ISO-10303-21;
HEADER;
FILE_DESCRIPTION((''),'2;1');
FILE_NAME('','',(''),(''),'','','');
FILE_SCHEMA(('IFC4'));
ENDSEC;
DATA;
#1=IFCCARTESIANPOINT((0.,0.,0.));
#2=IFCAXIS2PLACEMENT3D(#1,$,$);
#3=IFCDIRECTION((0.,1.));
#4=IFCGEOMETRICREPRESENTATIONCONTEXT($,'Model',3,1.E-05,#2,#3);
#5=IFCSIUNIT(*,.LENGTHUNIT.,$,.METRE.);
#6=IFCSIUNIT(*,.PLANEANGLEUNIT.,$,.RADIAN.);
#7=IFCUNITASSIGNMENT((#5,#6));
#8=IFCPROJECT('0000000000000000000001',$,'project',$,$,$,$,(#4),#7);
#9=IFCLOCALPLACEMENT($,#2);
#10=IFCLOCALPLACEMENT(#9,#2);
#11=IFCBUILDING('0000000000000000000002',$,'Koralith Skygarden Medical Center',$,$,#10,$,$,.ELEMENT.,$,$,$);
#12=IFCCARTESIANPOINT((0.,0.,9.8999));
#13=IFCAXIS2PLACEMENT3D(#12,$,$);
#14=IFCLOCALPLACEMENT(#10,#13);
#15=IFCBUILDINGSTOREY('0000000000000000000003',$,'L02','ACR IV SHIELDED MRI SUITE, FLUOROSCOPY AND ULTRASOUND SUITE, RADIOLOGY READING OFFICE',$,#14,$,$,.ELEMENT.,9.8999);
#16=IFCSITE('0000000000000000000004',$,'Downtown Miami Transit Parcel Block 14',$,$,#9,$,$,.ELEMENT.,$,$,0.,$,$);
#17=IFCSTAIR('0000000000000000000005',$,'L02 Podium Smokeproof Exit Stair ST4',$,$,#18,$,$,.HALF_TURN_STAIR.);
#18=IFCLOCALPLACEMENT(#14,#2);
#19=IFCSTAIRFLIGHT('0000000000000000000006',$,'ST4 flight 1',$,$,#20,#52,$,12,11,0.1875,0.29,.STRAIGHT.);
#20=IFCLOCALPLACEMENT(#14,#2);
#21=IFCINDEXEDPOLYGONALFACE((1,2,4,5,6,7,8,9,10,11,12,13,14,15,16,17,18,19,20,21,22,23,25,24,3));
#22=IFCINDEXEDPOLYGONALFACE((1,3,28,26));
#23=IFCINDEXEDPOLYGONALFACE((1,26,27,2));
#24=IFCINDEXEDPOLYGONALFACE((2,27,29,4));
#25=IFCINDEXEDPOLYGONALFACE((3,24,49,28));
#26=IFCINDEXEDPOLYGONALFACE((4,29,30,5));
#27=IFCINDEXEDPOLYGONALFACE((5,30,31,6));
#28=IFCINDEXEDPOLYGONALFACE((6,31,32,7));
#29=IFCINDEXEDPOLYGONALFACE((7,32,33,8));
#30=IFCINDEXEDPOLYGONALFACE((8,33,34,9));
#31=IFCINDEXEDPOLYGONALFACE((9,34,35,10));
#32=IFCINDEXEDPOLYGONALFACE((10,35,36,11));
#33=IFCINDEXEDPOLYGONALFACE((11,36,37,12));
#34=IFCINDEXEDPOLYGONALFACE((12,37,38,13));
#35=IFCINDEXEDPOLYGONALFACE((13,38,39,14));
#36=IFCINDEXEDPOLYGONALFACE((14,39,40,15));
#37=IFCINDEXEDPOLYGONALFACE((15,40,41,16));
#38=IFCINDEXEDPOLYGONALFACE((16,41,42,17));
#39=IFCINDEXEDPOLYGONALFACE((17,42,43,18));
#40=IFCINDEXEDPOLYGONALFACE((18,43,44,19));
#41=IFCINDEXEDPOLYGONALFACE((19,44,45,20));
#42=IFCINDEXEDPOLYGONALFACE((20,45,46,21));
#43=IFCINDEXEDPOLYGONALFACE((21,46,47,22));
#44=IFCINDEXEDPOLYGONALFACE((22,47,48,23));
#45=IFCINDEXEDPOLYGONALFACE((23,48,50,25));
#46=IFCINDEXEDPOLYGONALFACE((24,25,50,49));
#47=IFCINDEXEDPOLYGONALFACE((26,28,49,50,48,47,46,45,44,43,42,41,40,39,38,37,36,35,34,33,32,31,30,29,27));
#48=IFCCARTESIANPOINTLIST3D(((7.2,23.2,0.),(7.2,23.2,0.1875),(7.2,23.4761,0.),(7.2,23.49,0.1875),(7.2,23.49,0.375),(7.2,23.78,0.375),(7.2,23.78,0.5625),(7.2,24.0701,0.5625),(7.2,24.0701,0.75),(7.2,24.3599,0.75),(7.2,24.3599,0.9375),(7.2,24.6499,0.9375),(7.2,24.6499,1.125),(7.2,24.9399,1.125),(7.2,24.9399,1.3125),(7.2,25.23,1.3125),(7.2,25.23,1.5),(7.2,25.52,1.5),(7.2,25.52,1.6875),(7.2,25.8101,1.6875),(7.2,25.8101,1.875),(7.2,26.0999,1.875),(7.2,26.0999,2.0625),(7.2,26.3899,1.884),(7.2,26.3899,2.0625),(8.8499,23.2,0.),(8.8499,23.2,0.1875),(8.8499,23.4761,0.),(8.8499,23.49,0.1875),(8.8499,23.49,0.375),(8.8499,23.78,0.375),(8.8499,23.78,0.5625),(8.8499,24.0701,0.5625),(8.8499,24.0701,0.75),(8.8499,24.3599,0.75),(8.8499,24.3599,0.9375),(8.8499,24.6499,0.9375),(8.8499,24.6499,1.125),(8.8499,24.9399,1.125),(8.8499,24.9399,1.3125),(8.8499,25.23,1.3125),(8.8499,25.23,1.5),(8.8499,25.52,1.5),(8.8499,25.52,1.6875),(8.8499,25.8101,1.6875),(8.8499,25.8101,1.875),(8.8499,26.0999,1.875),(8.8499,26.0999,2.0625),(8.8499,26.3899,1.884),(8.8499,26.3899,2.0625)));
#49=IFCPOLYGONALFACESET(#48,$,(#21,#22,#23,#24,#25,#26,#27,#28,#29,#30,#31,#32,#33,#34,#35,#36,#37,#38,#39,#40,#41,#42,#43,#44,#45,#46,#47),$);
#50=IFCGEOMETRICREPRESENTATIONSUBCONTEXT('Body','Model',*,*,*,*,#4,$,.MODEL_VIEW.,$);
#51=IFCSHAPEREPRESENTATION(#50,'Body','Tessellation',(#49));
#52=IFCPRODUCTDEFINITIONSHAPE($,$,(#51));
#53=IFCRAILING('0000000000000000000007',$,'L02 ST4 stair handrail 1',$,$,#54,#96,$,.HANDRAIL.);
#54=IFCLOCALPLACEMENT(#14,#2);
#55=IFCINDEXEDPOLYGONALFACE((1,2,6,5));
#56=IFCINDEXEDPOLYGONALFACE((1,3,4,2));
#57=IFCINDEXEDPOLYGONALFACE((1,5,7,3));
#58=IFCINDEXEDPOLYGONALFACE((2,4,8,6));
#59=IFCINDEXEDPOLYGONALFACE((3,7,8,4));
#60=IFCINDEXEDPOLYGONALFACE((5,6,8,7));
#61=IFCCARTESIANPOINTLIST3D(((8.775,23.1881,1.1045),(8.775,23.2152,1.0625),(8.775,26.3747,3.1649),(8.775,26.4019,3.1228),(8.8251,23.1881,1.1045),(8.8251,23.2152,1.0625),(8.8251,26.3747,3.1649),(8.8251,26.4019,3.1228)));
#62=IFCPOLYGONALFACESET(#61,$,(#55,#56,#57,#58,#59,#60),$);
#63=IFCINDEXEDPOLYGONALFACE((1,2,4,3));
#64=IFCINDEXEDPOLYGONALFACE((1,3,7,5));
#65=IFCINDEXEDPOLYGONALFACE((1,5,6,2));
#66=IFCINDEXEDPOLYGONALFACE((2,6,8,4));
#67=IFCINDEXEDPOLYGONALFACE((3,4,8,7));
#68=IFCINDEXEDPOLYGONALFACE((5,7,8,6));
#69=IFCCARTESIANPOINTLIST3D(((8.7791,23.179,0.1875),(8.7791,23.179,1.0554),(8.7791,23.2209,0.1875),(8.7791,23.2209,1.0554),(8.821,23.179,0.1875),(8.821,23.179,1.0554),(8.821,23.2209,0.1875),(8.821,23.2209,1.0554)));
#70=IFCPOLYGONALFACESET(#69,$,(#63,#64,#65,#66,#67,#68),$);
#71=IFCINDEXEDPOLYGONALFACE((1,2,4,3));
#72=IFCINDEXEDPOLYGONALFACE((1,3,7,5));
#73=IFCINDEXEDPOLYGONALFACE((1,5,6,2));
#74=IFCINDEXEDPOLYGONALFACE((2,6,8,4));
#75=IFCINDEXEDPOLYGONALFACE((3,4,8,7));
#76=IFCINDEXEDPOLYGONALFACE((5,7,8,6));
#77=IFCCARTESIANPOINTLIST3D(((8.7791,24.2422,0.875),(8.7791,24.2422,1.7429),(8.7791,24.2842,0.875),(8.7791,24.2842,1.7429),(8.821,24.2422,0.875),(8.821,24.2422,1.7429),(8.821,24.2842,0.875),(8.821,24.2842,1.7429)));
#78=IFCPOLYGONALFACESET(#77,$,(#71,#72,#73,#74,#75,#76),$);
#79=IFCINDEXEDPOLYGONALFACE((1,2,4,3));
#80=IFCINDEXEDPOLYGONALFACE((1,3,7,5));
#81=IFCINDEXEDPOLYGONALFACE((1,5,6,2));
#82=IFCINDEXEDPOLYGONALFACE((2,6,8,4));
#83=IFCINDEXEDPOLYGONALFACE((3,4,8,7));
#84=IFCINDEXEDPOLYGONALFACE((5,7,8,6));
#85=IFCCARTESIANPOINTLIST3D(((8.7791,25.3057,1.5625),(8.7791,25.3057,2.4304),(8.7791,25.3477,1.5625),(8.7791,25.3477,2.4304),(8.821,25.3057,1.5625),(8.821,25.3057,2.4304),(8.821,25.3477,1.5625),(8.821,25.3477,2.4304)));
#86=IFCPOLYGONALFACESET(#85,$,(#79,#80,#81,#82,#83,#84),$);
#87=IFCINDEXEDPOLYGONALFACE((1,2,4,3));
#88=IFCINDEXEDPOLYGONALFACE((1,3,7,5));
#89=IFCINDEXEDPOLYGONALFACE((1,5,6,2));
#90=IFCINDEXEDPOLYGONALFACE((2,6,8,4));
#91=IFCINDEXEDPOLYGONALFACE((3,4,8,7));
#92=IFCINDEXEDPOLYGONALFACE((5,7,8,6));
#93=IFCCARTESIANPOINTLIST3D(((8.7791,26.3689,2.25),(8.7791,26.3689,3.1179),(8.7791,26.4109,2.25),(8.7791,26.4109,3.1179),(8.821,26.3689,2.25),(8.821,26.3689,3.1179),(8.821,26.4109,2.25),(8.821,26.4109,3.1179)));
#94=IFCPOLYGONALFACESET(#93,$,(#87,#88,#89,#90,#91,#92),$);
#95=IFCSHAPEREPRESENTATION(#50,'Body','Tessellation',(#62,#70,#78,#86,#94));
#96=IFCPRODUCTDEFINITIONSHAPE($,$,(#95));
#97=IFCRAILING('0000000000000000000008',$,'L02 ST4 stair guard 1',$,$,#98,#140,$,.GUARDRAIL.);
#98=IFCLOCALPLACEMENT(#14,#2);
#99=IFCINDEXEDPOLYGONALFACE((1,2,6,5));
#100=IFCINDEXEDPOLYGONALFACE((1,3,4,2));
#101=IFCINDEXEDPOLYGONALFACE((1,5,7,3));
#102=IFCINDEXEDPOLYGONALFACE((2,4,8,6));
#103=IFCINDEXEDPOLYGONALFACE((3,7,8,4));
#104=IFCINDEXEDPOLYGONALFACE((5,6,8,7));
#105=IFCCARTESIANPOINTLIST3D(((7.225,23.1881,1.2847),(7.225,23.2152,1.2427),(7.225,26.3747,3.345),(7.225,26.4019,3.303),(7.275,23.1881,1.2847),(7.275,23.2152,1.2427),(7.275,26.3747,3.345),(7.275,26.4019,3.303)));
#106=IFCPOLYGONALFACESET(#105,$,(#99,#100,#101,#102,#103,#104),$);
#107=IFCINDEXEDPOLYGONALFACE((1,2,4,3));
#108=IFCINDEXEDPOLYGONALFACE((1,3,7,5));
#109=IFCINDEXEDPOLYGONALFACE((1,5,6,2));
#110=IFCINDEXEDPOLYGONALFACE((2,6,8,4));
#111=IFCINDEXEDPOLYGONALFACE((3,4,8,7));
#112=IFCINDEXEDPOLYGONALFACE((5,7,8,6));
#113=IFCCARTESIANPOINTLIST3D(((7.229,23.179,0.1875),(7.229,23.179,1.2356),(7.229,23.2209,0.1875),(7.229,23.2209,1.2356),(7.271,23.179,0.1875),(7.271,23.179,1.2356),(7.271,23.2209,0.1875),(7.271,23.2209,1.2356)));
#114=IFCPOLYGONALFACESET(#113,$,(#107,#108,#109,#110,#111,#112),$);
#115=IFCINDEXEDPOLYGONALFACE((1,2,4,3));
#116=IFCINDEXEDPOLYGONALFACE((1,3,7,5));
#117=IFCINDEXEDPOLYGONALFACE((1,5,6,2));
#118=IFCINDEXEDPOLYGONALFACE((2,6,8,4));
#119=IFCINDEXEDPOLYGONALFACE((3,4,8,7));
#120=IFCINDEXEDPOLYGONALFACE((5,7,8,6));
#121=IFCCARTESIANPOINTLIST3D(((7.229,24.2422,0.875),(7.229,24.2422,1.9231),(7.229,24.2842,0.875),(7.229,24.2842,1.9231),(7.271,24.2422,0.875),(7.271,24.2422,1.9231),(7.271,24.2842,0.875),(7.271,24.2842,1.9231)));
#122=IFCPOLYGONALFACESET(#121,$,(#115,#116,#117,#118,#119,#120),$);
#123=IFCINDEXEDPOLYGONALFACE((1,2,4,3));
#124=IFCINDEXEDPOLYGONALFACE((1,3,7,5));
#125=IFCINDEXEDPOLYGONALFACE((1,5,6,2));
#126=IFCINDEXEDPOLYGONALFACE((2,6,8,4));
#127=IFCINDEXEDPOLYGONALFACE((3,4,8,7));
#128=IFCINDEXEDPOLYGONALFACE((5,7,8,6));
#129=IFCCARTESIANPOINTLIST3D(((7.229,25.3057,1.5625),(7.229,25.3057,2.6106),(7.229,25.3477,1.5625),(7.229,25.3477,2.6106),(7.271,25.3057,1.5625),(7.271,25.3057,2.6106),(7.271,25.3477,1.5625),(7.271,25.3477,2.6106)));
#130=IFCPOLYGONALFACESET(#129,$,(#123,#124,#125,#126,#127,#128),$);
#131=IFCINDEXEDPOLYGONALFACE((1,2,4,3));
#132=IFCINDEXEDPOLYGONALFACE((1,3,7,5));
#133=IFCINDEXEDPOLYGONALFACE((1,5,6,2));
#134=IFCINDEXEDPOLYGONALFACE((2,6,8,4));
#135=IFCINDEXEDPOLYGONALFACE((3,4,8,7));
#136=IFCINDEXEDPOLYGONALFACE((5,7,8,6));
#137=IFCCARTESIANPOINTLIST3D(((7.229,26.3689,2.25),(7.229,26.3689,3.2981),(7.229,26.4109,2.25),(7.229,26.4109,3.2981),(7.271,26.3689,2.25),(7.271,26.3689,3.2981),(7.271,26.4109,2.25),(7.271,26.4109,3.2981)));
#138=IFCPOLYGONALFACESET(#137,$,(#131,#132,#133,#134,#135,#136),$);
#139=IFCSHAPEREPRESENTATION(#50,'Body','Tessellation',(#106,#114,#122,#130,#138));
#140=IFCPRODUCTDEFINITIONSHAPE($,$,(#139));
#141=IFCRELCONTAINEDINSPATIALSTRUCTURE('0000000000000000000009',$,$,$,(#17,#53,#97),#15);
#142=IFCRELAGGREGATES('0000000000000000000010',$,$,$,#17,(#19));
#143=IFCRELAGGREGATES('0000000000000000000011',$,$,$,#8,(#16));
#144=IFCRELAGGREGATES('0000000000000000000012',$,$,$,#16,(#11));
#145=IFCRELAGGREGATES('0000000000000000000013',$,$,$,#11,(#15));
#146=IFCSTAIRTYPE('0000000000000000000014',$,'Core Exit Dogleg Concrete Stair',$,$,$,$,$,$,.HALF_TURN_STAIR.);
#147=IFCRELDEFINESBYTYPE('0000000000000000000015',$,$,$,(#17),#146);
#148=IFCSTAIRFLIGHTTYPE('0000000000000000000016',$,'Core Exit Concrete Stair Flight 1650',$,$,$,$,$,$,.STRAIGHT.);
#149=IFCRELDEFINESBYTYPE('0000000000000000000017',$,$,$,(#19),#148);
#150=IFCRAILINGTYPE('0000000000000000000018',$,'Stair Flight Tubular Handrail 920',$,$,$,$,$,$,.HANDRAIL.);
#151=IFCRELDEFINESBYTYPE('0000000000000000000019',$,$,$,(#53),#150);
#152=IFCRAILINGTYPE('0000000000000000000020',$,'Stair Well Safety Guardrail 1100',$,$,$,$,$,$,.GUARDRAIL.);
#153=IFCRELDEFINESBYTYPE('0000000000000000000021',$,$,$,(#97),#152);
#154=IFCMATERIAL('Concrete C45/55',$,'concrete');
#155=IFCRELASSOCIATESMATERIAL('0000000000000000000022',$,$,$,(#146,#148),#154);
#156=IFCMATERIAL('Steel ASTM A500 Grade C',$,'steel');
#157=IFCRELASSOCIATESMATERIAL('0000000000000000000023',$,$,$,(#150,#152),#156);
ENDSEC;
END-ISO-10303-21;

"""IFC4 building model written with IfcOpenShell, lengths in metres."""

from ifc_helpers import new_model, si_unit, direction, frame, origin, origin_2d, place, context, subcontext, project, spatial, polyline, rectangle, outline, extrude, material, type_object, element, aggregate, save


model = new_model("IFC4")

# Units and contexts
model_context = context("Model", 3, precision=1e-05, world=origin(), true_north=direction((0.0, 1.0)))
body_context = subcontext(model_context, "Body", "Model", "MODEL_VIEW")
ifc_project = project(units=[si_unit("LENGTHUNIT", "METRE"), si_unit("PLANEANGLEUNIT", "RADIAN")], contexts=[model_context])

# Site, building, storey
site_placement = place(None, origin())
site = spatial("IfcSite", under=ifc_project, at=site_placement, Name="Downtown Miami Transit Parcel Block 14", CompositionType="ELEMENT", RefElevation=0.0)
building_placement = place(site_placement, origin())
building = spatial("IfcBuilding", under=site, at=building_placement, Name="Koralith Skygarden Medical Center", CompositionType="ELEMENT")
storey_placement = place(building_placement, frame((0.0, 0.0, 9.8999)))
storey = spatial("IfcBuildingStorey", under=building, at=storey_placement, Name="L02", Description="ACR IV SHIELDED MRI SUITE, FLUOROSCOPY AND ULTRASOUND SUITE, RADIOLOGY READING OFFICE", CompositionType="ELEMENT", Elevation=9.8999)

# Shared definitions
ifc_material_1 = material(Name="Concrete C45/55", Category="concrete")

# Stair, stair flight
stair_type = type_object("IfcStairType", Name="Core Exit Dogleg Concrete Stair", PredefinedType="HALF_TURN_STAIR", material=ifc_material_1)
stair_placement = place(storey_placement, origin())
stair = element("IfcStair", 1, at=stair_placement, inside=storey, type_object=stair_type, Name="L02 Podium Smokeproof Exit Stair ST4", PredefinedType="HALF_TURN_STAIR")
stair_flight_type = type_object("IfcStairFlightType", Name="Core Exit Concrete Stair Flight 1650", PredefinedType="STRAIGHT", material=ifc_material_1)
stair_flight_placement = place(storey_placement, frame((8.0249, 23.2, 0.0), z_axis=(0.0, 0.0, 1.0), x_axis=(0.0, 1.0, 0.0)))
stair_flight = element("IfcStairFlight", 2, at=stair_flight_placement, type_object=stair_flight_type, Name="ST4 flight 1", NumberOfRisers=12, NumberOfTreads=11, PredefinedType="STRAIGHT", RiserHeight=0.1875, TreadLength=0.29, context=body_context, shape_type="SweptSolid", body=[
    extrude(outline(polyline([(0.0, 0.0), (0.0, 0.1875), (0.29, 0.1875), (0.29, 0.375), (0.5801, 0.375), (0.5801, 0.5625), (0.8701, 0.5625), (0.8701, 0.75), (1.1599, 0.75), (1.1599, 0.9375), (1.45, 0.9375), (1.45, 1.125), (1.74, 1.125), (1.74, 1.3125), (2.03, 1.3125), (2.03, 1.5), (2.3201, 1.5), (2.3201, 1.6875), (2.6101, 1.6875), (2.6101, 1.875), (2.8999, 1.875), (2.8999, 2.0625), (3.1899, 2.0625), (3.1899, 2.25), (3.1899, 1.884), (0.2761, 0.0), (0.0, 0.0)])), frame((0.0, 0.825, 0.0), z_axis=(0.0, -1.0, 0.0), x_axis=(1.0, 0.0, 0.0)), (0.0, 0.0, 1.0), 1.6499),
])
aggregate(stair, [stair_flight])

# Railings
ifc_material_2 = material(Name="Steel ASTM A500 Grade C", Category="steel")
railing_type_1 = type_object("IfcRailingType", Name="Stair Flight Tubular Handrail 920", PredefinedType="HANDRAIL", material=ifc_material_2)
railing_1_placement = place(storey_placement, frame((8.8, 23.2, 0.1875)))
element("IfcRailing", 3, at=railing_1_placement, inside=storey, type_object=railing_type_1, Name="L02 ST4 stair handrail 1", PredefinedType="HANDRAIL", context=body_context, shape_type="SweptSolid", body=[
    extrude(rectangle(XDim=0.05, YDim=0.05, at=origin_2d()), frame((0.0, 0.0017, 0.896), z_axis=(0.0, 0.83976, 0.542958), x_axis=(-1.0, 0.0, 0.0)), (0.0, 0.0, 1.0), 3.7947),
    extrude(rectangle(XDim=0.042, YDim=0.042, at=origin_2d()), origin(), (0.0, 0.0, 1.0), 0.8679),
    extrude(rectangle(XDim=0.042, YDim=0.042, at=origin_2d()), frame((0.0, 1.0632, 0.6875)), (0.0, 0.0, 1.0), 0.8679),
    extrude(rectangle(XDim=0.042, YDim=0.042, at=origin_2d()), frame((0.0, 2.1267, 1.375)), (0.0, 0.0, 1.0), 0.8679),
    extrude(rectangle(XDim=0.042, YDim=0.042, at=origin_2d()), frame((0.0, 3.1899, 2.0625)), (0.0, 0.0, 1.0), 0.8679),
])
railing_type_2 = type_object("IfcRailingType", Name="Stair Well Safety Guardrail 1100", PredefinedType="GUARDRAIL", material=ifc_material_2)
railing_2_placement = place(storey_placement, frame((7.25, 23.2, 0.1875)))
element("IfcRailing", 4, at=railing_2_placement, inside=storey, type_object=railing_type_2, Name="L02 ST4 stair guard 1", PredefinedType="GUARDRAIL", context=body_context, shape_type="SweptSolid", body=[
    extrude(rectangle(XDim=0.05, YDim=0.05, at=origin_2d()), frame((0.0, 0.0017, 1.0762), z_axis=(0.0, 0.83976, 0.542958), x_axis=(-1.0, 0.0, 0.0)), (0.0, 0.0, 1.0), 3.7947),
    extrude(rectangle(XDim=0.042, YDim=0.042, at=origin_2d()), origin(), (0.0, 0.0, 1.0), 1.0481),
    extrude(rectangle(XDim=0.042, YDim=0.042, at=origin_2d()), frame((0.0, 1.0632, 0.6875)), (0.0, 0.0, 1.0), 1.0481),
    extrude(rectangle(XDim=0.042, YDim=0.042, at=origin_2d()), frame((0.0, 2.1267, 1.375)), (0.0, 0.0, 1.0), 1.0481),
    extrude(rectangle(XDim=0.042, YDim=0.042, at=origin_2d()), frame((0.0, 3.1899, 2.0625)), (0.0, 0.0, 1.0), 1.0481),
])

save(model, "model.ifc")
